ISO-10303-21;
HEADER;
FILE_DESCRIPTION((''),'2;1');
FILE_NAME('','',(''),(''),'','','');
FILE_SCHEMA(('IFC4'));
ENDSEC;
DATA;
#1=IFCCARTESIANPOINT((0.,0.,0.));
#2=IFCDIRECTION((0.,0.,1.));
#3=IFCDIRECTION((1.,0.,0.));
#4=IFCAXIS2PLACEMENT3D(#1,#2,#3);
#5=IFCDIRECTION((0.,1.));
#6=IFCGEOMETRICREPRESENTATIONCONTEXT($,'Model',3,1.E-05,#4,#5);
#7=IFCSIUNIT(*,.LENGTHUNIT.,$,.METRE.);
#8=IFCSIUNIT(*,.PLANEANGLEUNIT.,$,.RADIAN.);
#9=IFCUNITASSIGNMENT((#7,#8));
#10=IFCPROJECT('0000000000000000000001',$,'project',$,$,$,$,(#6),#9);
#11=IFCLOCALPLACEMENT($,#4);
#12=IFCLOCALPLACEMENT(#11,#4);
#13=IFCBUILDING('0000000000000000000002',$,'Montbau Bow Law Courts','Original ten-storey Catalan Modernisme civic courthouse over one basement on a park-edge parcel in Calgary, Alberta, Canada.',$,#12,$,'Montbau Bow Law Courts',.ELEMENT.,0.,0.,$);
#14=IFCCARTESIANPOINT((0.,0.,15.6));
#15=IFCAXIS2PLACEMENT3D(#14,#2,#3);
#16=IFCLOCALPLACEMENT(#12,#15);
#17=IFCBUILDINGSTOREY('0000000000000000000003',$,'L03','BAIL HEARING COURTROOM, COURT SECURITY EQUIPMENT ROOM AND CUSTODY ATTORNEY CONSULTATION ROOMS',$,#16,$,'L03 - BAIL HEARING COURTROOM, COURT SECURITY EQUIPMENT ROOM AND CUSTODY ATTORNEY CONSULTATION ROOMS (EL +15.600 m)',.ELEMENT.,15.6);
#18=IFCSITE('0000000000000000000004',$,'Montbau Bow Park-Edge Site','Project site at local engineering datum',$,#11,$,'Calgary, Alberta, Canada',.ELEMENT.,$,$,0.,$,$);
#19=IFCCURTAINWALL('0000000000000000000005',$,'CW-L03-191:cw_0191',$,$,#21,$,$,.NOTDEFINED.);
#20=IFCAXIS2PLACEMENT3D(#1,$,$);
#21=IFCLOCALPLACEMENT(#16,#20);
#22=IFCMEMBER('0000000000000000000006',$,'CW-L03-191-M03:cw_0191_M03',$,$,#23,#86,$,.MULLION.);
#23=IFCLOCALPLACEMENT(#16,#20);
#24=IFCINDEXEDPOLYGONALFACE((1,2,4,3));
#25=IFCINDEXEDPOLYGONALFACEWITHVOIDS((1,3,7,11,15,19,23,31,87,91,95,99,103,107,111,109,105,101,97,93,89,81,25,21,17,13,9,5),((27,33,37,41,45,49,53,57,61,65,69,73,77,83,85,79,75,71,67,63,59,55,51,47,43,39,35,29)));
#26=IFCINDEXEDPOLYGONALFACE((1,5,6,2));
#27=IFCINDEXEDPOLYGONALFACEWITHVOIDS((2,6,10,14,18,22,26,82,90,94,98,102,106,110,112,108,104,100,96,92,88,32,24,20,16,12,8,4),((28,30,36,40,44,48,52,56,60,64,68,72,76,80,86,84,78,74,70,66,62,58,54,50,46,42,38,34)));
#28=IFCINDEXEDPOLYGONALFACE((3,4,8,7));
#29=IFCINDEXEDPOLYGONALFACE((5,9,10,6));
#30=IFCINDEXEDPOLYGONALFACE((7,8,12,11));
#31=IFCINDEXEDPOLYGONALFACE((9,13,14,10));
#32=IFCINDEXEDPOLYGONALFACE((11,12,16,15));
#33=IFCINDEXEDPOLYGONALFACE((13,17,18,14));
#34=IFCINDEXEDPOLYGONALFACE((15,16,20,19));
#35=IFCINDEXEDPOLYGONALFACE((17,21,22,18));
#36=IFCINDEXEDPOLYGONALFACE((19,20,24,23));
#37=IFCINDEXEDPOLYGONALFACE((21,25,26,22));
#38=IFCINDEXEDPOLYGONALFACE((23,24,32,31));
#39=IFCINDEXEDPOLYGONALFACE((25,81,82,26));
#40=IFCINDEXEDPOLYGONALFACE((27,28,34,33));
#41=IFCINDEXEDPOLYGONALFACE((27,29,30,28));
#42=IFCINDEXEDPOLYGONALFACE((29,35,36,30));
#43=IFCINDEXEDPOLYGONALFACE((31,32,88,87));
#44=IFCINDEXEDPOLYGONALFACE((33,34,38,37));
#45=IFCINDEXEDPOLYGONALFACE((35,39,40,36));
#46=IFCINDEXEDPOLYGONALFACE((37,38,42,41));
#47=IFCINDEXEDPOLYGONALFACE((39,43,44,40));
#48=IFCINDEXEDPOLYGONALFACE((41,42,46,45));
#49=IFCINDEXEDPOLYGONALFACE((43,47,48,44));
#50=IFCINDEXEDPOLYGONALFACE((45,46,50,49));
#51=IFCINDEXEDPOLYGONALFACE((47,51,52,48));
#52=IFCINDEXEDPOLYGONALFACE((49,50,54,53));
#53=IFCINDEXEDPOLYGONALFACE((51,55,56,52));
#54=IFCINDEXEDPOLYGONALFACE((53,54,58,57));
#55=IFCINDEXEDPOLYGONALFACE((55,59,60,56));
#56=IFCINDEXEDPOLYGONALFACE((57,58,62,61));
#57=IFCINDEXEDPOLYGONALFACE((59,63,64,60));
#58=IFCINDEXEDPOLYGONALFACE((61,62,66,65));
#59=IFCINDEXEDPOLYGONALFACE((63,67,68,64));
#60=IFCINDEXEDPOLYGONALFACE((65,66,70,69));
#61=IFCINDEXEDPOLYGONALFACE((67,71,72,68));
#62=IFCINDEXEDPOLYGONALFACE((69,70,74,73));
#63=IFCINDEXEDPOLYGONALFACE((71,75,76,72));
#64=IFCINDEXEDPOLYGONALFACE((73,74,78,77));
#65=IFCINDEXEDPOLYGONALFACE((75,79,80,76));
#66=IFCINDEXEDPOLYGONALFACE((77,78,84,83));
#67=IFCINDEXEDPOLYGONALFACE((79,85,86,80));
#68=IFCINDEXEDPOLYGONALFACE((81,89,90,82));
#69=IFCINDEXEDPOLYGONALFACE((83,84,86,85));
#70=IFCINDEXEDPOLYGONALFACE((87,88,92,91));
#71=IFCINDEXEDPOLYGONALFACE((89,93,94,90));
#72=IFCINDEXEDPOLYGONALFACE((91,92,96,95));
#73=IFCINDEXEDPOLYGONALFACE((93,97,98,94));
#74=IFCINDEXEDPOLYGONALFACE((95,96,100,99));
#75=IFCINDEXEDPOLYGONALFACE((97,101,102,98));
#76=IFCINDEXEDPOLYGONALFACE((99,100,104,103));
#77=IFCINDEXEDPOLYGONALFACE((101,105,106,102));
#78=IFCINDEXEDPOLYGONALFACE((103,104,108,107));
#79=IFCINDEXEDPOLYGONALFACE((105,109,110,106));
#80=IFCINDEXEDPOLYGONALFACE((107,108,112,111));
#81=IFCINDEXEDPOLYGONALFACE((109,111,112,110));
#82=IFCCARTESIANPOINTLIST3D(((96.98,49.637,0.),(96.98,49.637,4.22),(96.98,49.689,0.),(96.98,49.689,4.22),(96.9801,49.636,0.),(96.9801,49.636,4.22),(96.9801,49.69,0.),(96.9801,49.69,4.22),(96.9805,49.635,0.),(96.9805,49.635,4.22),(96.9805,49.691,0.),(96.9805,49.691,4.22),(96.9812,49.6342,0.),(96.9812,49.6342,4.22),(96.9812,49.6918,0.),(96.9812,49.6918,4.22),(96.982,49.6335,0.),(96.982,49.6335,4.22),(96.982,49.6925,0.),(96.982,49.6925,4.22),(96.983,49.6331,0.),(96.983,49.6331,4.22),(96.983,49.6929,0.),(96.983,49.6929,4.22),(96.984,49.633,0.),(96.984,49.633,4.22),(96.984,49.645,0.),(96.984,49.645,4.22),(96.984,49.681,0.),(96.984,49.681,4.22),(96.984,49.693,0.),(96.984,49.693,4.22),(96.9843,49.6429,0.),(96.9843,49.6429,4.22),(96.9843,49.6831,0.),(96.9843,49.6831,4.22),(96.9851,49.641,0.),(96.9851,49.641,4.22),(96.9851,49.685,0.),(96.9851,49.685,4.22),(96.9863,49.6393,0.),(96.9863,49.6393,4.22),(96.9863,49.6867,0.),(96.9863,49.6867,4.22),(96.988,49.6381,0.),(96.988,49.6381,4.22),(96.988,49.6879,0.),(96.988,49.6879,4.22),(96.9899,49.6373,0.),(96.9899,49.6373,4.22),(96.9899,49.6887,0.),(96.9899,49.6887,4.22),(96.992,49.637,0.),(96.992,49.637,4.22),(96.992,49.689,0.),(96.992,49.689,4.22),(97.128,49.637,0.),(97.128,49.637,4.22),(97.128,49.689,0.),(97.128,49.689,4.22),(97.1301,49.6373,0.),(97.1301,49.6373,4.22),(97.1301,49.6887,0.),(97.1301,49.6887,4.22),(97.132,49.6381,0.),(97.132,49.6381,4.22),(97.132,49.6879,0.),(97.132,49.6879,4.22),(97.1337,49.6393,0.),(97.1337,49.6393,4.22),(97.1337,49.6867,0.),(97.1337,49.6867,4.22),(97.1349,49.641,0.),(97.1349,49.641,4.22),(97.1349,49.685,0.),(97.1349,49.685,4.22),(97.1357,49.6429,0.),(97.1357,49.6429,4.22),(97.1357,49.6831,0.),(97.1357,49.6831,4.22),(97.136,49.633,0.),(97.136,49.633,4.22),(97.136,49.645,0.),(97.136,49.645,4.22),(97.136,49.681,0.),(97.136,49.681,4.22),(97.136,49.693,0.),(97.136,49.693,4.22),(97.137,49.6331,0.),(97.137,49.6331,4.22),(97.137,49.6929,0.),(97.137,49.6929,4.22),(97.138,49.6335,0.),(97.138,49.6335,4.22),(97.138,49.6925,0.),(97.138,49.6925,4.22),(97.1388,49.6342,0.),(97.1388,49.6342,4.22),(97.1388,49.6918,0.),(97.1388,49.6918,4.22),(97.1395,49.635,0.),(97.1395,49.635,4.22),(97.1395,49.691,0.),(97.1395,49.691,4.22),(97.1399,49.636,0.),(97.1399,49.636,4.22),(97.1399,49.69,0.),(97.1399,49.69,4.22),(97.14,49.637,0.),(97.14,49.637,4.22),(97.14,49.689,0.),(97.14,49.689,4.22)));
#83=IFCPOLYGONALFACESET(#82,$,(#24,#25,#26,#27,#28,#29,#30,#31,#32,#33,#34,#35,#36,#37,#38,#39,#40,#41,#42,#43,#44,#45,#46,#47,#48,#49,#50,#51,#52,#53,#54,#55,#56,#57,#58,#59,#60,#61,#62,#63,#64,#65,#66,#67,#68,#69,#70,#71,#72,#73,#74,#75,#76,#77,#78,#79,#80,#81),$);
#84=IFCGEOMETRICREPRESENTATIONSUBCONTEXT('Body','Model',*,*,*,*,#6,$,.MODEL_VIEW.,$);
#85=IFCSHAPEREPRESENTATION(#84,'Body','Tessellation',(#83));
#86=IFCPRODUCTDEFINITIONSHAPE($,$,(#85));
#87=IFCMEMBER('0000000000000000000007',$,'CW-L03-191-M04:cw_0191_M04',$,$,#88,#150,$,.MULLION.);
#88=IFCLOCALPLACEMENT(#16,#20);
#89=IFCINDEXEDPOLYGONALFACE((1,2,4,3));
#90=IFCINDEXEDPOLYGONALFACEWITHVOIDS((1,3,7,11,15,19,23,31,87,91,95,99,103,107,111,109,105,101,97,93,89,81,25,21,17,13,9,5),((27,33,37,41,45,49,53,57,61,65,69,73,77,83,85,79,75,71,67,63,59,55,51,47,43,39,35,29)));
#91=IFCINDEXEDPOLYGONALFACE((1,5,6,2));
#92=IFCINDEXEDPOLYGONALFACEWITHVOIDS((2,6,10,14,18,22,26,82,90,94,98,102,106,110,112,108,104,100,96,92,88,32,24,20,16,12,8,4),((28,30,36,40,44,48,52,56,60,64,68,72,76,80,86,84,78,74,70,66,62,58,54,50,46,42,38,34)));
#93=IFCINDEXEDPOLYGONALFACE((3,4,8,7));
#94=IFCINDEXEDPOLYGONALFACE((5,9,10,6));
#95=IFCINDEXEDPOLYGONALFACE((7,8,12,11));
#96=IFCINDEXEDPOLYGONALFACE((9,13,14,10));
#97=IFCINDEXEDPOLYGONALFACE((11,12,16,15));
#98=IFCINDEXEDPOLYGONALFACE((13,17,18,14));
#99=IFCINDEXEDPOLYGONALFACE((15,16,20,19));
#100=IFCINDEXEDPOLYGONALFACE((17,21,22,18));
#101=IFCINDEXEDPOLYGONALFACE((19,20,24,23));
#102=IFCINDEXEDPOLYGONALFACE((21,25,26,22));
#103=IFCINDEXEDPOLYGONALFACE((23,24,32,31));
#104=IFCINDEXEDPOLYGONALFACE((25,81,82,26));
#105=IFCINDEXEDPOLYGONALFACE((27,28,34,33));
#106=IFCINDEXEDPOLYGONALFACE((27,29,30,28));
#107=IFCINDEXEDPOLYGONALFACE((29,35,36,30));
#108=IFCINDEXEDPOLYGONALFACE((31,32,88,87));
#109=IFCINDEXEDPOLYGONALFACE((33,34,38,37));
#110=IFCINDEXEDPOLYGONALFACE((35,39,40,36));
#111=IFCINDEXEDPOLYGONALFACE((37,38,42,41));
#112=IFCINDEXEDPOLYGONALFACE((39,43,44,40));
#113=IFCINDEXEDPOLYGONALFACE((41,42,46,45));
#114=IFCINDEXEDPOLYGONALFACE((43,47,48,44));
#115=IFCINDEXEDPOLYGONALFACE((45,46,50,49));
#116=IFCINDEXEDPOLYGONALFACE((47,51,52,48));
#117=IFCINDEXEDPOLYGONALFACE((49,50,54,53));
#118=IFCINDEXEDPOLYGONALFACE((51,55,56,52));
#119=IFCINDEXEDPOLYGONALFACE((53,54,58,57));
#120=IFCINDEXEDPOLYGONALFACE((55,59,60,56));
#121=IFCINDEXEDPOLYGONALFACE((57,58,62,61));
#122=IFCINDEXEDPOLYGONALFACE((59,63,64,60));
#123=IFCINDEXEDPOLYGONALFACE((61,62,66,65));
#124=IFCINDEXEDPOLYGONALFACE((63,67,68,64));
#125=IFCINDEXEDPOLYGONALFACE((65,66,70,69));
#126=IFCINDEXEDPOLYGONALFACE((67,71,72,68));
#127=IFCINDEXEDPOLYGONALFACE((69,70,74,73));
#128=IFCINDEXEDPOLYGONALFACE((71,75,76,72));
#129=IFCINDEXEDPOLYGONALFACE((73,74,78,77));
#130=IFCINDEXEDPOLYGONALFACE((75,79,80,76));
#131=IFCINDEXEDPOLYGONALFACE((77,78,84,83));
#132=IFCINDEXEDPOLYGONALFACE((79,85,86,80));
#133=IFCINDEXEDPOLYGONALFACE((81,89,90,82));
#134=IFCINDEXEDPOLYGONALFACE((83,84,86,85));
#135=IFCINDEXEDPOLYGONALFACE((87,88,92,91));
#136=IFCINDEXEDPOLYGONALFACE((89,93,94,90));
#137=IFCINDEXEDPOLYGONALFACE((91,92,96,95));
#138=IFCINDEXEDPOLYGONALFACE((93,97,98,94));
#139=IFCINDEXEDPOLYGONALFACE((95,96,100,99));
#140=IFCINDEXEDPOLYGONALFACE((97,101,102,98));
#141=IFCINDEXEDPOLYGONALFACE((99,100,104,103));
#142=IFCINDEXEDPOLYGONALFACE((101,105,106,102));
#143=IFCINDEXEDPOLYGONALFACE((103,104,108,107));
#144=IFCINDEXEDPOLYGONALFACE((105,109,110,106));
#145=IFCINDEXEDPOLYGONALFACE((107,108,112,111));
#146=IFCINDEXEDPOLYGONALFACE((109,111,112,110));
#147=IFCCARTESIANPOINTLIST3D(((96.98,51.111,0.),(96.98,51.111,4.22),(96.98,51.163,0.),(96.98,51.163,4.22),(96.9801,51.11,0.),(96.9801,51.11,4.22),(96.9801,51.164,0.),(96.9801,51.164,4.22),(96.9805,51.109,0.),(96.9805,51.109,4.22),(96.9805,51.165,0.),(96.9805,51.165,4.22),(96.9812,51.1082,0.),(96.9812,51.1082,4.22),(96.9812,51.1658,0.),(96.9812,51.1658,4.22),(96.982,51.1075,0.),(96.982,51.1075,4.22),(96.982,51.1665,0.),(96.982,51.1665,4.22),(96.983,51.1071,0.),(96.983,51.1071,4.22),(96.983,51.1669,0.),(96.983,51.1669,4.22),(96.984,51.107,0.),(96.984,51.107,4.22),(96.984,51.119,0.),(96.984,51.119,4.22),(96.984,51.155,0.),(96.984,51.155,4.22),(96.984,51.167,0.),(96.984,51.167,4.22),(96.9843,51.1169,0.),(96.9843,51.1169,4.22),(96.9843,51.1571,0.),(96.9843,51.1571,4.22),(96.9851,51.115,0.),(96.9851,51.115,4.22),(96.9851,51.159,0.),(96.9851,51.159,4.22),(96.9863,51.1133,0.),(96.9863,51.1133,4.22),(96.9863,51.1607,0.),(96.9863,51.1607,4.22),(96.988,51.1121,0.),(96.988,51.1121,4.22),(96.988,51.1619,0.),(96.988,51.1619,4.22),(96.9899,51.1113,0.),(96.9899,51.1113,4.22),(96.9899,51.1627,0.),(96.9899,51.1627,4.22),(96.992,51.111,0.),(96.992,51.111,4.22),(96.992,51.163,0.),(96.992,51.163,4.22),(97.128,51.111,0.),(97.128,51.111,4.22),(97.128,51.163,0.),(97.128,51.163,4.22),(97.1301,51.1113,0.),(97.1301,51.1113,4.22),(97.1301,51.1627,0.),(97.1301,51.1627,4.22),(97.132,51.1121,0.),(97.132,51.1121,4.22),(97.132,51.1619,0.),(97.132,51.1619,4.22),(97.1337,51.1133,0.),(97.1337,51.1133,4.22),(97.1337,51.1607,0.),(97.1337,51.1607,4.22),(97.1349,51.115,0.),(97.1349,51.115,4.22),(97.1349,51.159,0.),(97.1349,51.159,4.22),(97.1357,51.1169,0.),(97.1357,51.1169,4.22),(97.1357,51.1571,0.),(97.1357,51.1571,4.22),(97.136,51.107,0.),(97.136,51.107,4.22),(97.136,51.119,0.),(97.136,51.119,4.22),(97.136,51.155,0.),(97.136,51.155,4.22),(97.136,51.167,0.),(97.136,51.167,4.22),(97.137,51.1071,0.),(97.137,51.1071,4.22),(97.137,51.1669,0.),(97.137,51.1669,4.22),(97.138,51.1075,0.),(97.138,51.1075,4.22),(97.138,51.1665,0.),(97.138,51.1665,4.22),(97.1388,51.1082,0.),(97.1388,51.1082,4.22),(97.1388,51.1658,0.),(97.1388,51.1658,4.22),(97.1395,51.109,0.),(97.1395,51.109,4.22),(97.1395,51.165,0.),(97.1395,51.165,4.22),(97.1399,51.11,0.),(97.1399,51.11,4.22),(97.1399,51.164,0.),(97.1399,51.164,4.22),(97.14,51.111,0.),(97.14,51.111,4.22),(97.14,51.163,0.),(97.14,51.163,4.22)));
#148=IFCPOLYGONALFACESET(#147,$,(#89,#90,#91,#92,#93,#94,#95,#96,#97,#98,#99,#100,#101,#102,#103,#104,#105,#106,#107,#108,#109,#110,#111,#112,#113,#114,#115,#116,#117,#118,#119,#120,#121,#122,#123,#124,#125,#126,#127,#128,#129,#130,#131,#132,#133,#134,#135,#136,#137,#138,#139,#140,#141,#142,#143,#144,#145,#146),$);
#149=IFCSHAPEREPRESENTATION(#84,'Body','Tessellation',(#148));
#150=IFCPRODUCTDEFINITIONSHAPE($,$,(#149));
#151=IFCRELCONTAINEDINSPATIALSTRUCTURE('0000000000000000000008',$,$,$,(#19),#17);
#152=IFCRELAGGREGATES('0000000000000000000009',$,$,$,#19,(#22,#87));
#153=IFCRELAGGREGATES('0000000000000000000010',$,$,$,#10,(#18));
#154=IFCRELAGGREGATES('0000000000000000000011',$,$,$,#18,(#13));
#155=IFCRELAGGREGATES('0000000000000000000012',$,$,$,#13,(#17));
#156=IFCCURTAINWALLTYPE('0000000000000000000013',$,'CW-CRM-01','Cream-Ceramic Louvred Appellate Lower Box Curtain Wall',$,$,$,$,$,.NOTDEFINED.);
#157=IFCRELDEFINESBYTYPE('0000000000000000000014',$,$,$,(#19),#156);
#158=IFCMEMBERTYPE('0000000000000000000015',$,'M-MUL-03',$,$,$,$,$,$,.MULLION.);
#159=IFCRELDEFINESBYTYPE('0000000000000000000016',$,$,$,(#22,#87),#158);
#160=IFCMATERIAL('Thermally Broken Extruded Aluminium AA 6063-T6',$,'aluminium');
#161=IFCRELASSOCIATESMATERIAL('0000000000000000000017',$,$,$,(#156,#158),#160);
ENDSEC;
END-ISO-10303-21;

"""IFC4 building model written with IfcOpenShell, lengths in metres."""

from ifc_helpers import new_model, si_unit, direction, frame, origin_with_axes, origin_2d_with_axis, place, context, subcontext, project, spatial, hollow_rectangle, extrude, material, material_profile, profile_set, type_object, element, aggregate, save


model = new_model("IFC4")

# Units and contexts
model_context = context("Model", 3, precision=1e-05, world=origin_with_axes(), true_north=direction((0.0, 1.0)))
body_context = subcontext(model_context, "Body", "Model", "MODEL_VIEW")
ifc_project = project(units=[si_unit("LENGTHUNIT", "METRE"), si_unit("PLANEANGLEUNIT", "RADIAN")], contexts=[model_context])

# Site, building, storey
site_placement = place(None, origin_with_axes())
site = spatial("IfcSite", under=ifc_project, at=site_placement, Name="Montbau Bow Park-Edge Site", Description="Project site at local engineering datum", LongName="Calgary, Alberta, Canada", CompositionType="ELEMENT", RefElevation=0.0)
building_placement = place(site_placement, origin_with_axes())
building = spatial("IfcBuilding", under=site, at=building_placement, Name="Montbau Bow Law Courts", Description="Original ten-storey Catalan Modernisme civic courthouse over one basement on a park-edge parcel in Calgary, Alberta, Canada.", LongName="Montbau Bow Law Courts", CompositionType="ELEMENT", ElevationOfRefHeight=0.0, ElevationOfTerrain=0.0)
storey_placement = place(building_placement, frame((0.0, 0.0, 15.6), z_axis=(0.0, 0.0, 1.0), x_axis=(1.0, 0.0, 0.0)))
storey = spatial("IfcBuildingStorey", under=building, at=storey_placement, Name="L03", Description="BAIL HEARING COURTROOM, COURT SECURITY EQUIPMENT ROOM AND CUSTODY ATTORNEY CONSULTATION ROOMS", LongName="L03 - BAIL HEARING COURTROOM, COURT SECURITY EQUIPMENT ROOM AND CUSTODY ATTORNEY CONSULTATION ROOMS (EL +15.600 m)", CompositionType="ELEMENT", Elevation=15.6)

# Curtain wall, members
ifc_material_1 = material(Name="Thermally Broken Extruded Aluminium AA 6063-T6", Category="aluminium")
curtain_wall_type = type_object("IfcCurtainWallType", Name="CW-CRM-01", Description="Cream-Ceramic Louvred Appellate Lower Box Curtain Wall", PredefinedType="NOTDEFINED", material=ifc_material_1)
curtain_wall_placement = place(None, frame((97.06, 46.715, 15.6), z_axis=(0.0, 0.0, 1.0), x_axis=(1.0, 0.0, 0.0)))
curtain_wall = element("IfcCurtainWall", 1, at=curtain_wall_placement, inside=storey, type_object=curtain_wall_type, Name="CW-L03-191:cw_0191", PredefinedType="NOTDEFINED")
ifc_material_profile_1 = material_profile(ifc_material_1, hollow_rectangle(XDim=0.06, YDim=0.16, WallThickness=0.004, InnerFilletRadius=0.008, OuterFilletRadius=0.004, at=origin_2d_with_axis()), Name="CWM-160X60", Category="Main", Priority=0)
ifc_profile_set_1 = profile_set([ifc_material_profile_1], Name="Thermally Broken Extruded Aluminium AA 6063-T6")
member_type_1 = type_object("IfcMemberType", Name="M-MUL-03", PredefinedType="MULLION", material=ifc_profile_set_1)
member_1_placement = place(None, frame((97.06, 49.663, 15.6), z_axis=(0.0, 0.0, 1.0), x_axis=(0.0, 1.0, 0.0)))
member_1 = element("IfcMember", 2, at=member_1_placement, type_object=member_type_1, Name="CW-L03-191-M03:cw_0191_M03", PredefinedType="MULLION", context=body_context, shape_type="SweptSolid", body=[
    extrude(hollow_rectangle(XDim=0.06, YDim=0.16, WallThickness=0.004, InnerFilletRadius=0.008, OuterFilletRadius=0.004, at=origin_2d_with_axis()), origin_with_axes(), (0.0, 0.0, 1.0), 4.22),
])
member_2_placement = place(None, frame((97.06, 51.137, 15.6), z_axis=(0.0, 0.0, 1.0), x_axis=(0.0, 1.0, 0.0)))
member_2 = element("IfcMember", 3, at=member_2_placement, type_object=member_type_1, Name="CW-L03-191-M04:cw_0191_M04", PredefinedType="MULLION", context=body_context, shape_type="SweptSolid", body=[
    extrude(hollow_rectangle(XDim=0.06, YDim=0.16, WallThickness=0.004, InnerFilletRadius=0.008, OuterFilletRadius=0.004, at=origin_2d_with_axis()), origin_with_axes(), (0.0, 0.0, 1.0), 4.22),
])
aggregate(curtain_wall, [member_1, member_2])

save(model, "model.ifc")
